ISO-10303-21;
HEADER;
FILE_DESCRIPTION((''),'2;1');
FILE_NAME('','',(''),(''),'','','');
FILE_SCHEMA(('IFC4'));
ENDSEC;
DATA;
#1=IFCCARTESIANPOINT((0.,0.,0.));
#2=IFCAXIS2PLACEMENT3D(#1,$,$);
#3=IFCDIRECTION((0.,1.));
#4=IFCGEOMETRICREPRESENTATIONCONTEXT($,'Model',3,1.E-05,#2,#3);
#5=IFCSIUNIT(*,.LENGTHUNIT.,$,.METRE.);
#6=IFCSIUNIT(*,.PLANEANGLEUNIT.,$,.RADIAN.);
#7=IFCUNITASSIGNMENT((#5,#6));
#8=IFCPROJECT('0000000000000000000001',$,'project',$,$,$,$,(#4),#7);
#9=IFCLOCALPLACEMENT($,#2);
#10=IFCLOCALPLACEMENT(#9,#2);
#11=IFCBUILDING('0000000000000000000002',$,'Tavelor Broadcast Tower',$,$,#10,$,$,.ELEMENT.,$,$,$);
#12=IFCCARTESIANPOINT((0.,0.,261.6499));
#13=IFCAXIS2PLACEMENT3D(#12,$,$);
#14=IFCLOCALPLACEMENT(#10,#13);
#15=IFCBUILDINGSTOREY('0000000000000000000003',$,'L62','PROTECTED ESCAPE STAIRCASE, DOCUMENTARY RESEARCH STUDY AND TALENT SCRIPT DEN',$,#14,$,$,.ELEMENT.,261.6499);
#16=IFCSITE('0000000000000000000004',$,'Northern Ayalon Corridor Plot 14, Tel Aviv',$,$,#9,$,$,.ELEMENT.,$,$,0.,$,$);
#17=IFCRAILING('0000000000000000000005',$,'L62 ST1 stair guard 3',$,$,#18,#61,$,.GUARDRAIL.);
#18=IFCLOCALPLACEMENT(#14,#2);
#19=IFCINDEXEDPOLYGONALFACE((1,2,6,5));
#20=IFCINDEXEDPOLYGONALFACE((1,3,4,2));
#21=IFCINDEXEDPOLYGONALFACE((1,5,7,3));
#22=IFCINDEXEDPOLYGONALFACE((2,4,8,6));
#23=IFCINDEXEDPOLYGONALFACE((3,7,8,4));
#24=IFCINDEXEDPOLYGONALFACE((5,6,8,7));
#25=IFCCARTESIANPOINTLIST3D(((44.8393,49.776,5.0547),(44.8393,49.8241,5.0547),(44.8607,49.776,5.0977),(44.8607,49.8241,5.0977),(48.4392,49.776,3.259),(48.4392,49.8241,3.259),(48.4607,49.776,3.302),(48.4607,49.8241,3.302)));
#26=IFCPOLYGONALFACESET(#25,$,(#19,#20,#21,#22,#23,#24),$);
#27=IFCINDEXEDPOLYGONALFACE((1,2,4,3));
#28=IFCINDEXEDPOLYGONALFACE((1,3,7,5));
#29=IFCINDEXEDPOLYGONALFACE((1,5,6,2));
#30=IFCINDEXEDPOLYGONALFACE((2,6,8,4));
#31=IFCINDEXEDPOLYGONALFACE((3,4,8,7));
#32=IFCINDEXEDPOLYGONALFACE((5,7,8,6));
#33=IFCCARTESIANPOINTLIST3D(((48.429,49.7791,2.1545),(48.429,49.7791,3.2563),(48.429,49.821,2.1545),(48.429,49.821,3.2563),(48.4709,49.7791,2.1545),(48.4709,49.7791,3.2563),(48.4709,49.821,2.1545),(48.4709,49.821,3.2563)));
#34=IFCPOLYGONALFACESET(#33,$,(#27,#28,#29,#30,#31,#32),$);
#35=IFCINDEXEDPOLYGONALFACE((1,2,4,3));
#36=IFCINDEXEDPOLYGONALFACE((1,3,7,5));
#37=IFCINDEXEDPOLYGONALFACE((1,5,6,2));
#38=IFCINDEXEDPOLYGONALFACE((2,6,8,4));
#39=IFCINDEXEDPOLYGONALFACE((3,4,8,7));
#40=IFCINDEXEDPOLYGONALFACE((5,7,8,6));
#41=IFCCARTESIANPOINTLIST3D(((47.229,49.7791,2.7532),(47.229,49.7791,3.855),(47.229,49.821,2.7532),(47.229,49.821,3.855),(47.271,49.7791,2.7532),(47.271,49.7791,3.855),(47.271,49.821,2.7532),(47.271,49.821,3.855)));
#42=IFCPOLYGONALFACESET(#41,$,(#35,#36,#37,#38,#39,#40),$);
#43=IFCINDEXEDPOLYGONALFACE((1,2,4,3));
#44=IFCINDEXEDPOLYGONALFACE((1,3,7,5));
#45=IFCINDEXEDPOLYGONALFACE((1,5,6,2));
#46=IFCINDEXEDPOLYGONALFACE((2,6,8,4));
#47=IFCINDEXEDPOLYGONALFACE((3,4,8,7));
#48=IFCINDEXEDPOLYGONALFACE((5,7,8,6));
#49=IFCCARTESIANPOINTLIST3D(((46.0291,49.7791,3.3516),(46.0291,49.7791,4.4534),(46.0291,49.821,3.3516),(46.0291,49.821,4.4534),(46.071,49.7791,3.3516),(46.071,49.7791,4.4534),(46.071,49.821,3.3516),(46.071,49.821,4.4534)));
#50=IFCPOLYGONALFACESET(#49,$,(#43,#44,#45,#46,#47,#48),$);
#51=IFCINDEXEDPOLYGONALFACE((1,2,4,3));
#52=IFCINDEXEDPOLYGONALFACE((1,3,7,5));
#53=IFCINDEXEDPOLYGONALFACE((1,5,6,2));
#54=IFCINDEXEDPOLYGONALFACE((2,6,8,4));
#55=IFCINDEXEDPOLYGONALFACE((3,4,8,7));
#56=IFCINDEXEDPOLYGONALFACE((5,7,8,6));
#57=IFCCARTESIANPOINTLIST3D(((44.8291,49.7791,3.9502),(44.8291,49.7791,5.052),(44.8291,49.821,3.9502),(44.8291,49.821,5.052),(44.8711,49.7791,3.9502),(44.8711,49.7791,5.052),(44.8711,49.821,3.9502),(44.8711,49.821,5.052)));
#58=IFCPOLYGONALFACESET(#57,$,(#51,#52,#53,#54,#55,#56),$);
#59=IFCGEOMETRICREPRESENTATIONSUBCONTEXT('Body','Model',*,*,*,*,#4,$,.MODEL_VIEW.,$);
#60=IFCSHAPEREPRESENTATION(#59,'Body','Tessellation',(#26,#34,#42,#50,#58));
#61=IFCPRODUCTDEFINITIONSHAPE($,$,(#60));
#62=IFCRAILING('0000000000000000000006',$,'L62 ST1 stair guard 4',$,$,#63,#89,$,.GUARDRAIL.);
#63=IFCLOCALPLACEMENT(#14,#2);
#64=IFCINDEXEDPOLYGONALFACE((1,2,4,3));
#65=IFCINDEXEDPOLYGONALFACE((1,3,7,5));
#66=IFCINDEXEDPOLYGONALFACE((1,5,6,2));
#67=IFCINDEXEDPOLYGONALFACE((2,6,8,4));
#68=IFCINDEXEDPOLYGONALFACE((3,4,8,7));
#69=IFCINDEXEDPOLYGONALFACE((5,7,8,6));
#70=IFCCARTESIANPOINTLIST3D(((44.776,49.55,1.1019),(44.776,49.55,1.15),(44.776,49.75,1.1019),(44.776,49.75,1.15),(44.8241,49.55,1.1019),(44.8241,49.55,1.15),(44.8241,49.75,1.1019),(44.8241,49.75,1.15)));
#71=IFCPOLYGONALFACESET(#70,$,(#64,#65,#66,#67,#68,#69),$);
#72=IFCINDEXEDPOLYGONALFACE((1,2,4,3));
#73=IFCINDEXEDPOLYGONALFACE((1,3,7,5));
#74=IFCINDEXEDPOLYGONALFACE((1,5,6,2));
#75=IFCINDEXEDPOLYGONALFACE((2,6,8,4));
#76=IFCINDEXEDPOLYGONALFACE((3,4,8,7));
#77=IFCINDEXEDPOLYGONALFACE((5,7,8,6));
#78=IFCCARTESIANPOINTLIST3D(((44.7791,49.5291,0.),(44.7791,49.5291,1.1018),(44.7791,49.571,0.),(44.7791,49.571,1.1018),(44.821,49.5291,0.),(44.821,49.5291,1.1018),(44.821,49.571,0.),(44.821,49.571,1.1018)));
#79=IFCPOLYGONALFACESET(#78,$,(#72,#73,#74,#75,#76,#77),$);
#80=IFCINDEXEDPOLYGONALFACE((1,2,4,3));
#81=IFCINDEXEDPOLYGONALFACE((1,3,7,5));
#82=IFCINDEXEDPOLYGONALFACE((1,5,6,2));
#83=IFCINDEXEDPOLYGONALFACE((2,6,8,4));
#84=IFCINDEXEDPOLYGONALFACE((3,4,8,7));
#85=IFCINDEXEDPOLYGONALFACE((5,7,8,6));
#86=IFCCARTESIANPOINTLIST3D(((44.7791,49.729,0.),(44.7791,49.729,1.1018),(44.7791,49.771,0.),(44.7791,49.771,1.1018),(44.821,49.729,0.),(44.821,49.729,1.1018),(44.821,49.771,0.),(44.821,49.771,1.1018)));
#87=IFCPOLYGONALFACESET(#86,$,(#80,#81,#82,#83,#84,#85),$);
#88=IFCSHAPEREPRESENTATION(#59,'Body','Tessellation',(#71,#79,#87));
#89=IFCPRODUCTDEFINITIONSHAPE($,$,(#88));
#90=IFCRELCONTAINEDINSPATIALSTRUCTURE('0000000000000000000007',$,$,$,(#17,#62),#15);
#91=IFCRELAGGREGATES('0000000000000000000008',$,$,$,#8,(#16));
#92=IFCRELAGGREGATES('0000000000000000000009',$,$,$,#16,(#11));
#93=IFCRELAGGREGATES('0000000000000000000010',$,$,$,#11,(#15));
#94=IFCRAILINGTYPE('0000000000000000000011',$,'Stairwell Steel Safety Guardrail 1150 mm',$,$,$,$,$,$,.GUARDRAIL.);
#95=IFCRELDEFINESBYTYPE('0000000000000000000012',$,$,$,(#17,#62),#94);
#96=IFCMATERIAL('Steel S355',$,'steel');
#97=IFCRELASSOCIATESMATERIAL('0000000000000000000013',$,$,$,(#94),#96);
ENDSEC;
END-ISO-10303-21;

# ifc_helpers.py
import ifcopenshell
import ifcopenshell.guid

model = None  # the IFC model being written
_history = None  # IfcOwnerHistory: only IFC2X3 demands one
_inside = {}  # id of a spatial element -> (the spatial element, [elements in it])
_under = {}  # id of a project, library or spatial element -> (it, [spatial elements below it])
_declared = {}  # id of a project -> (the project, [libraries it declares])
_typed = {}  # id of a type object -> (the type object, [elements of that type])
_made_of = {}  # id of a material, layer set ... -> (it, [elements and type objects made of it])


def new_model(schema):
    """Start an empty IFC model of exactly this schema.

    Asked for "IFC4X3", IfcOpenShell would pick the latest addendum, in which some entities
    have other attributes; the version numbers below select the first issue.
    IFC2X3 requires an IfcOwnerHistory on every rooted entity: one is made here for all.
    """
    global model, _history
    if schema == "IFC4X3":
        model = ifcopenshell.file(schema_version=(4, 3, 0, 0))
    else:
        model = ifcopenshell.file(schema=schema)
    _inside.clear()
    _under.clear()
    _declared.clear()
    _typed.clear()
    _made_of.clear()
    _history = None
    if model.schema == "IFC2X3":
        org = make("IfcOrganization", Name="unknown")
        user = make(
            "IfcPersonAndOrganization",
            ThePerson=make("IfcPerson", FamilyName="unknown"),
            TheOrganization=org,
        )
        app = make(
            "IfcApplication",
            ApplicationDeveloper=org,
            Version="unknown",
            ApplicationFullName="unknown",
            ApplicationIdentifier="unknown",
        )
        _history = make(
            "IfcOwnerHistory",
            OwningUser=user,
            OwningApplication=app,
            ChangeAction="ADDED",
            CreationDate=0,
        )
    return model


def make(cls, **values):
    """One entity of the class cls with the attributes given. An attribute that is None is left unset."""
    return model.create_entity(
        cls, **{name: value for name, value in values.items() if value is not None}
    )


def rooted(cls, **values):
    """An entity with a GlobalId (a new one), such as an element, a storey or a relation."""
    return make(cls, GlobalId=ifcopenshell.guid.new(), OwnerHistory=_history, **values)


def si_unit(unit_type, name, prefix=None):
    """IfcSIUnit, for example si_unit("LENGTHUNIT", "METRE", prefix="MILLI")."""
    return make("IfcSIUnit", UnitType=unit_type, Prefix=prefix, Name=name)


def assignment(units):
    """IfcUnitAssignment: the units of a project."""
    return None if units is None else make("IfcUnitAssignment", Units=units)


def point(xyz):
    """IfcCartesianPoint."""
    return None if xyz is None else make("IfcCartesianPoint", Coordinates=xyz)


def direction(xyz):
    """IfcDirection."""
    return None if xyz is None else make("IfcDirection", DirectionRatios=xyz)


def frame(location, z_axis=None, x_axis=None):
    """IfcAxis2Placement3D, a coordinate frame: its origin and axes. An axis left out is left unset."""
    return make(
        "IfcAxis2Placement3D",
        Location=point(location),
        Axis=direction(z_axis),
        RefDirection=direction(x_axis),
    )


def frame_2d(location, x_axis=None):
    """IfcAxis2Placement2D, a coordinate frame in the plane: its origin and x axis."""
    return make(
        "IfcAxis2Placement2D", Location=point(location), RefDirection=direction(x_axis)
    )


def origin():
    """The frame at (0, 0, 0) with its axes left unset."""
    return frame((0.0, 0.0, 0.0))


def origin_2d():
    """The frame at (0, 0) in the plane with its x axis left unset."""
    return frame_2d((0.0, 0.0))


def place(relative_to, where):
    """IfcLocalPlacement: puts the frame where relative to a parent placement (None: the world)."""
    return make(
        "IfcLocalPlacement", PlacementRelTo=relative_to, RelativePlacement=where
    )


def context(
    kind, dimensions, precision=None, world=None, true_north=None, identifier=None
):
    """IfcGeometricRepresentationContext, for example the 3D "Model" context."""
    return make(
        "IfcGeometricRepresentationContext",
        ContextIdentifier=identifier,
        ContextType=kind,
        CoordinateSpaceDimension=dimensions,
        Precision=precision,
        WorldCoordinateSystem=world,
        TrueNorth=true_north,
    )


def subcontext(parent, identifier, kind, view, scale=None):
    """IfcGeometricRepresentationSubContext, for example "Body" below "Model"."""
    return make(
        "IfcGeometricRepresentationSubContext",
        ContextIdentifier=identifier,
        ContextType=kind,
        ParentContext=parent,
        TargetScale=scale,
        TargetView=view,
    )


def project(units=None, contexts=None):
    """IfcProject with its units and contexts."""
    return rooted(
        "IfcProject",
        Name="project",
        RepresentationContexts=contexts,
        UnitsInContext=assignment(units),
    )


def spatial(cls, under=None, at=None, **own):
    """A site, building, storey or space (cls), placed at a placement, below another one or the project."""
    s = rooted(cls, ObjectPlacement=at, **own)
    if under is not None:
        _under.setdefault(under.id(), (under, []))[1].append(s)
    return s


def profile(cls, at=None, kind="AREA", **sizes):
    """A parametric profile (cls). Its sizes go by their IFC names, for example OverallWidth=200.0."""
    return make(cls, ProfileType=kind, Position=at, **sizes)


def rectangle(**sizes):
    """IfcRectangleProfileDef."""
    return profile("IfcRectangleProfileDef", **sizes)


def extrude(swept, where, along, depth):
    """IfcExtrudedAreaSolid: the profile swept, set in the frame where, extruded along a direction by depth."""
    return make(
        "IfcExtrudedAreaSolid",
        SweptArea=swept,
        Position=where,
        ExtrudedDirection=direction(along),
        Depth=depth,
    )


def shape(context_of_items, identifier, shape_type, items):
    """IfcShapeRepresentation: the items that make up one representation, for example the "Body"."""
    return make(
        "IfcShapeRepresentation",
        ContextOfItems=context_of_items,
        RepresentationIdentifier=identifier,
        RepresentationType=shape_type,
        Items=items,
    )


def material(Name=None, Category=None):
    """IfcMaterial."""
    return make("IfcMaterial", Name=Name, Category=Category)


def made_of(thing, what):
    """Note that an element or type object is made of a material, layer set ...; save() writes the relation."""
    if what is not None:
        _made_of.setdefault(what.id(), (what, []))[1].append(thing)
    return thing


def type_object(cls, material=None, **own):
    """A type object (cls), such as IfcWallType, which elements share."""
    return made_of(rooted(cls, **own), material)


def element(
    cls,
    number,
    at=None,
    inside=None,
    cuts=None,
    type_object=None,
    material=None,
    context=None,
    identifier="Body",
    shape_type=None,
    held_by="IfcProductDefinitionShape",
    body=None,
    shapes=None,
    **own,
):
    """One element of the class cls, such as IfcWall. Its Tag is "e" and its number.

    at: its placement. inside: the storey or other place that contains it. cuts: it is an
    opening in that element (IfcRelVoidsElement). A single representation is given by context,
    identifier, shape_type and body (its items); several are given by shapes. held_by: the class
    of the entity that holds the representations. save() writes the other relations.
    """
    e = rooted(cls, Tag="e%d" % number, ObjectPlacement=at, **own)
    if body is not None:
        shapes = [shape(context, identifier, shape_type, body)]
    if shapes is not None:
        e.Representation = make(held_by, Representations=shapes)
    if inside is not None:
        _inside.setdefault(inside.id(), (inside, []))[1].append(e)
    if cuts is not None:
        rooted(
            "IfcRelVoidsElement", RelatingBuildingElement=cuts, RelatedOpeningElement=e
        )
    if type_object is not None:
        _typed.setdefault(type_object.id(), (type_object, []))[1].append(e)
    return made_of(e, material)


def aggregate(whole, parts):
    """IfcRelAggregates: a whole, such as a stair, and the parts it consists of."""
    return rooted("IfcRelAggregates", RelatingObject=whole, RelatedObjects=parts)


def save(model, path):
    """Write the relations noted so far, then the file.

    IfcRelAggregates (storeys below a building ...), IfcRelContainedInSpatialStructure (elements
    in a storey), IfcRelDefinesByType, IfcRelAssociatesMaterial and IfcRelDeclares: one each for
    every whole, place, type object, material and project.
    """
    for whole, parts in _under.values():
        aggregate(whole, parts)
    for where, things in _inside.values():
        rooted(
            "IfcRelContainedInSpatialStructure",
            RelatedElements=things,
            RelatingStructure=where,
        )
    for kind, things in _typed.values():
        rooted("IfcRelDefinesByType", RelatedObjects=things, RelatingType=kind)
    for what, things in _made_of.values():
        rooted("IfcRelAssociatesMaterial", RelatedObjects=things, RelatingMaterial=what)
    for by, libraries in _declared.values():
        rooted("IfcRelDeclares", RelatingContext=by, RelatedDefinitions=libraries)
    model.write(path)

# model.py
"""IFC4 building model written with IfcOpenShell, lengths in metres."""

from ifc_helpers import new_model, si_unit, direction, frame, origin, origin_2d, place, context, subcontext, project, spatial, rectangle, extrude, material, type_object, element, save


model = new_model("IFC4")

# Units and contexts
model_context = context("Model", 3, precision=1e-05, world=origin(), true_north=direction((0.0, 1.0)))
body_context = subcontext(model_context, "Body", "Model", "MODEL_VIEW")
ifc_project = project(units=[si_unit("LENGTHUNIT", "METRE"), si_unit("PLANEANGLEUNIT", "RADIAN")], contexts=[model_context])

# Site, building, storey
site_placement = place(None, origin())
site = spatial("IfcSite", under=ifc_project, at=site_placement, Name="Northern Ayalon Corridor Plot 14, Tel Aviv", CompositionType="ELEMENT", RefElevation=0.0)
building_placement = place(site_placement, origin())
building = spatial("IfcBuilding", under=site, at=building_placement, Name="Tavelor Broadcast Tower", CompositionType="ELEMENT")
storey_placement = place(building_placement, frame((0.0, 0.0, 261.6499)))
storey = spatial("IfcBuildingStorey", under=building, at=storey_placement, Name="L62", Description="PROTECTED ESCAPE STAIRCASE, DOCUMENTARY RESEARCH STUDY AND TALENT SCRIPT DEN", CompositionType="ELEMENT", Elevation=261.6499)

# Shared definitions
ifc_material_1 = material(Name="Steel S355", Category="steel")

# Railings
railing_type_1 = type_object("IfcRailingType", Name="Stairwell Steel Safety Guardrail 1150 mm", PredefinedType="GUARDRAIL", material=ifc_material_1)
railing_1_placement = place(storey_placement, frame((48.45, 49.8, 2.1545)))
element("IfcRailing", 1, at=railing_1_placement, inside=storey, type_object=railing_type_1, Name="L62 ST1 stair guard 3", PredefinedType="GUARDRAIL", context=body_context, shape_type="SweptSolid", body=[
    extrude(rectangle(XDim=0.0481, YDim=0.0481, at=origin_2d()), frame((0.0, 0.0, 1.126), z_axis=(-0.894852, 0.0, 0.446364), x_axis=(0.0, -1.0, 0.0)), (0.0, 0.0, 1.0), 4.0229),
    extrude(rectangle(XDim=0.042, YDim=0.042, at=origin_2d()), origin(), (0.0, 0.0, 1.0), 1.1018),
    extrude(rectangle(XDim=0.042, YDim=0.042, at=origin_2d()), frame((-1.2, 0.0, 0.5986)), (0.0, 0.0, 1.0), 1.1018),
    extrude(rectangle(XDim=0.042, YDim=0.042, at=origin_2d()), frame((-2.3999, 0.0, 1.197)), (0.0, 0.0, 1.0), 1.1018),
    extrude(rectangle(XDim=0.042, YDim=0.042, at=origin_2d()), frame((-3.5999, 0.0, 1.7957)), (0.0, 0.0, 1.0), 1.1018),
])
railing_2_placement = place(storey_placement, frame((44.8, 49.55, 0.0)))
element("IfcRailing", 2, at=railing_2_placement, inside=storey, type_object=railing_type_1, Name="L62 ST1 stair guard 4", PredefinedType="GUARDRAIL", context=body_context, shape_type="SweptSolid", body=[
    extrude(rectangle(XDim=0.0481, YDim=0.0481, at=origin_2d()), frame((0.0, 0.0, 1.126), z_axis=(0.0, 1.0, 0.0), x_axis=(-1.0, 0.0, 0.0)), (0.0, 0.0, 1.0), 0.2),
    extrude(rectangle(XDim=0.042, YDim=0.042, at=origin_2d()), origin(), (0.0, 0.0, 1.0), 1.1018),
    extrude(rectangle(XDim=0.042, YDim=0.042, at=origin_2d()), frame((0.0, 0.2, 0.0)), (0.0, 0.0, 1.0), 1.1018),
])

save(model, "model.ifc")
